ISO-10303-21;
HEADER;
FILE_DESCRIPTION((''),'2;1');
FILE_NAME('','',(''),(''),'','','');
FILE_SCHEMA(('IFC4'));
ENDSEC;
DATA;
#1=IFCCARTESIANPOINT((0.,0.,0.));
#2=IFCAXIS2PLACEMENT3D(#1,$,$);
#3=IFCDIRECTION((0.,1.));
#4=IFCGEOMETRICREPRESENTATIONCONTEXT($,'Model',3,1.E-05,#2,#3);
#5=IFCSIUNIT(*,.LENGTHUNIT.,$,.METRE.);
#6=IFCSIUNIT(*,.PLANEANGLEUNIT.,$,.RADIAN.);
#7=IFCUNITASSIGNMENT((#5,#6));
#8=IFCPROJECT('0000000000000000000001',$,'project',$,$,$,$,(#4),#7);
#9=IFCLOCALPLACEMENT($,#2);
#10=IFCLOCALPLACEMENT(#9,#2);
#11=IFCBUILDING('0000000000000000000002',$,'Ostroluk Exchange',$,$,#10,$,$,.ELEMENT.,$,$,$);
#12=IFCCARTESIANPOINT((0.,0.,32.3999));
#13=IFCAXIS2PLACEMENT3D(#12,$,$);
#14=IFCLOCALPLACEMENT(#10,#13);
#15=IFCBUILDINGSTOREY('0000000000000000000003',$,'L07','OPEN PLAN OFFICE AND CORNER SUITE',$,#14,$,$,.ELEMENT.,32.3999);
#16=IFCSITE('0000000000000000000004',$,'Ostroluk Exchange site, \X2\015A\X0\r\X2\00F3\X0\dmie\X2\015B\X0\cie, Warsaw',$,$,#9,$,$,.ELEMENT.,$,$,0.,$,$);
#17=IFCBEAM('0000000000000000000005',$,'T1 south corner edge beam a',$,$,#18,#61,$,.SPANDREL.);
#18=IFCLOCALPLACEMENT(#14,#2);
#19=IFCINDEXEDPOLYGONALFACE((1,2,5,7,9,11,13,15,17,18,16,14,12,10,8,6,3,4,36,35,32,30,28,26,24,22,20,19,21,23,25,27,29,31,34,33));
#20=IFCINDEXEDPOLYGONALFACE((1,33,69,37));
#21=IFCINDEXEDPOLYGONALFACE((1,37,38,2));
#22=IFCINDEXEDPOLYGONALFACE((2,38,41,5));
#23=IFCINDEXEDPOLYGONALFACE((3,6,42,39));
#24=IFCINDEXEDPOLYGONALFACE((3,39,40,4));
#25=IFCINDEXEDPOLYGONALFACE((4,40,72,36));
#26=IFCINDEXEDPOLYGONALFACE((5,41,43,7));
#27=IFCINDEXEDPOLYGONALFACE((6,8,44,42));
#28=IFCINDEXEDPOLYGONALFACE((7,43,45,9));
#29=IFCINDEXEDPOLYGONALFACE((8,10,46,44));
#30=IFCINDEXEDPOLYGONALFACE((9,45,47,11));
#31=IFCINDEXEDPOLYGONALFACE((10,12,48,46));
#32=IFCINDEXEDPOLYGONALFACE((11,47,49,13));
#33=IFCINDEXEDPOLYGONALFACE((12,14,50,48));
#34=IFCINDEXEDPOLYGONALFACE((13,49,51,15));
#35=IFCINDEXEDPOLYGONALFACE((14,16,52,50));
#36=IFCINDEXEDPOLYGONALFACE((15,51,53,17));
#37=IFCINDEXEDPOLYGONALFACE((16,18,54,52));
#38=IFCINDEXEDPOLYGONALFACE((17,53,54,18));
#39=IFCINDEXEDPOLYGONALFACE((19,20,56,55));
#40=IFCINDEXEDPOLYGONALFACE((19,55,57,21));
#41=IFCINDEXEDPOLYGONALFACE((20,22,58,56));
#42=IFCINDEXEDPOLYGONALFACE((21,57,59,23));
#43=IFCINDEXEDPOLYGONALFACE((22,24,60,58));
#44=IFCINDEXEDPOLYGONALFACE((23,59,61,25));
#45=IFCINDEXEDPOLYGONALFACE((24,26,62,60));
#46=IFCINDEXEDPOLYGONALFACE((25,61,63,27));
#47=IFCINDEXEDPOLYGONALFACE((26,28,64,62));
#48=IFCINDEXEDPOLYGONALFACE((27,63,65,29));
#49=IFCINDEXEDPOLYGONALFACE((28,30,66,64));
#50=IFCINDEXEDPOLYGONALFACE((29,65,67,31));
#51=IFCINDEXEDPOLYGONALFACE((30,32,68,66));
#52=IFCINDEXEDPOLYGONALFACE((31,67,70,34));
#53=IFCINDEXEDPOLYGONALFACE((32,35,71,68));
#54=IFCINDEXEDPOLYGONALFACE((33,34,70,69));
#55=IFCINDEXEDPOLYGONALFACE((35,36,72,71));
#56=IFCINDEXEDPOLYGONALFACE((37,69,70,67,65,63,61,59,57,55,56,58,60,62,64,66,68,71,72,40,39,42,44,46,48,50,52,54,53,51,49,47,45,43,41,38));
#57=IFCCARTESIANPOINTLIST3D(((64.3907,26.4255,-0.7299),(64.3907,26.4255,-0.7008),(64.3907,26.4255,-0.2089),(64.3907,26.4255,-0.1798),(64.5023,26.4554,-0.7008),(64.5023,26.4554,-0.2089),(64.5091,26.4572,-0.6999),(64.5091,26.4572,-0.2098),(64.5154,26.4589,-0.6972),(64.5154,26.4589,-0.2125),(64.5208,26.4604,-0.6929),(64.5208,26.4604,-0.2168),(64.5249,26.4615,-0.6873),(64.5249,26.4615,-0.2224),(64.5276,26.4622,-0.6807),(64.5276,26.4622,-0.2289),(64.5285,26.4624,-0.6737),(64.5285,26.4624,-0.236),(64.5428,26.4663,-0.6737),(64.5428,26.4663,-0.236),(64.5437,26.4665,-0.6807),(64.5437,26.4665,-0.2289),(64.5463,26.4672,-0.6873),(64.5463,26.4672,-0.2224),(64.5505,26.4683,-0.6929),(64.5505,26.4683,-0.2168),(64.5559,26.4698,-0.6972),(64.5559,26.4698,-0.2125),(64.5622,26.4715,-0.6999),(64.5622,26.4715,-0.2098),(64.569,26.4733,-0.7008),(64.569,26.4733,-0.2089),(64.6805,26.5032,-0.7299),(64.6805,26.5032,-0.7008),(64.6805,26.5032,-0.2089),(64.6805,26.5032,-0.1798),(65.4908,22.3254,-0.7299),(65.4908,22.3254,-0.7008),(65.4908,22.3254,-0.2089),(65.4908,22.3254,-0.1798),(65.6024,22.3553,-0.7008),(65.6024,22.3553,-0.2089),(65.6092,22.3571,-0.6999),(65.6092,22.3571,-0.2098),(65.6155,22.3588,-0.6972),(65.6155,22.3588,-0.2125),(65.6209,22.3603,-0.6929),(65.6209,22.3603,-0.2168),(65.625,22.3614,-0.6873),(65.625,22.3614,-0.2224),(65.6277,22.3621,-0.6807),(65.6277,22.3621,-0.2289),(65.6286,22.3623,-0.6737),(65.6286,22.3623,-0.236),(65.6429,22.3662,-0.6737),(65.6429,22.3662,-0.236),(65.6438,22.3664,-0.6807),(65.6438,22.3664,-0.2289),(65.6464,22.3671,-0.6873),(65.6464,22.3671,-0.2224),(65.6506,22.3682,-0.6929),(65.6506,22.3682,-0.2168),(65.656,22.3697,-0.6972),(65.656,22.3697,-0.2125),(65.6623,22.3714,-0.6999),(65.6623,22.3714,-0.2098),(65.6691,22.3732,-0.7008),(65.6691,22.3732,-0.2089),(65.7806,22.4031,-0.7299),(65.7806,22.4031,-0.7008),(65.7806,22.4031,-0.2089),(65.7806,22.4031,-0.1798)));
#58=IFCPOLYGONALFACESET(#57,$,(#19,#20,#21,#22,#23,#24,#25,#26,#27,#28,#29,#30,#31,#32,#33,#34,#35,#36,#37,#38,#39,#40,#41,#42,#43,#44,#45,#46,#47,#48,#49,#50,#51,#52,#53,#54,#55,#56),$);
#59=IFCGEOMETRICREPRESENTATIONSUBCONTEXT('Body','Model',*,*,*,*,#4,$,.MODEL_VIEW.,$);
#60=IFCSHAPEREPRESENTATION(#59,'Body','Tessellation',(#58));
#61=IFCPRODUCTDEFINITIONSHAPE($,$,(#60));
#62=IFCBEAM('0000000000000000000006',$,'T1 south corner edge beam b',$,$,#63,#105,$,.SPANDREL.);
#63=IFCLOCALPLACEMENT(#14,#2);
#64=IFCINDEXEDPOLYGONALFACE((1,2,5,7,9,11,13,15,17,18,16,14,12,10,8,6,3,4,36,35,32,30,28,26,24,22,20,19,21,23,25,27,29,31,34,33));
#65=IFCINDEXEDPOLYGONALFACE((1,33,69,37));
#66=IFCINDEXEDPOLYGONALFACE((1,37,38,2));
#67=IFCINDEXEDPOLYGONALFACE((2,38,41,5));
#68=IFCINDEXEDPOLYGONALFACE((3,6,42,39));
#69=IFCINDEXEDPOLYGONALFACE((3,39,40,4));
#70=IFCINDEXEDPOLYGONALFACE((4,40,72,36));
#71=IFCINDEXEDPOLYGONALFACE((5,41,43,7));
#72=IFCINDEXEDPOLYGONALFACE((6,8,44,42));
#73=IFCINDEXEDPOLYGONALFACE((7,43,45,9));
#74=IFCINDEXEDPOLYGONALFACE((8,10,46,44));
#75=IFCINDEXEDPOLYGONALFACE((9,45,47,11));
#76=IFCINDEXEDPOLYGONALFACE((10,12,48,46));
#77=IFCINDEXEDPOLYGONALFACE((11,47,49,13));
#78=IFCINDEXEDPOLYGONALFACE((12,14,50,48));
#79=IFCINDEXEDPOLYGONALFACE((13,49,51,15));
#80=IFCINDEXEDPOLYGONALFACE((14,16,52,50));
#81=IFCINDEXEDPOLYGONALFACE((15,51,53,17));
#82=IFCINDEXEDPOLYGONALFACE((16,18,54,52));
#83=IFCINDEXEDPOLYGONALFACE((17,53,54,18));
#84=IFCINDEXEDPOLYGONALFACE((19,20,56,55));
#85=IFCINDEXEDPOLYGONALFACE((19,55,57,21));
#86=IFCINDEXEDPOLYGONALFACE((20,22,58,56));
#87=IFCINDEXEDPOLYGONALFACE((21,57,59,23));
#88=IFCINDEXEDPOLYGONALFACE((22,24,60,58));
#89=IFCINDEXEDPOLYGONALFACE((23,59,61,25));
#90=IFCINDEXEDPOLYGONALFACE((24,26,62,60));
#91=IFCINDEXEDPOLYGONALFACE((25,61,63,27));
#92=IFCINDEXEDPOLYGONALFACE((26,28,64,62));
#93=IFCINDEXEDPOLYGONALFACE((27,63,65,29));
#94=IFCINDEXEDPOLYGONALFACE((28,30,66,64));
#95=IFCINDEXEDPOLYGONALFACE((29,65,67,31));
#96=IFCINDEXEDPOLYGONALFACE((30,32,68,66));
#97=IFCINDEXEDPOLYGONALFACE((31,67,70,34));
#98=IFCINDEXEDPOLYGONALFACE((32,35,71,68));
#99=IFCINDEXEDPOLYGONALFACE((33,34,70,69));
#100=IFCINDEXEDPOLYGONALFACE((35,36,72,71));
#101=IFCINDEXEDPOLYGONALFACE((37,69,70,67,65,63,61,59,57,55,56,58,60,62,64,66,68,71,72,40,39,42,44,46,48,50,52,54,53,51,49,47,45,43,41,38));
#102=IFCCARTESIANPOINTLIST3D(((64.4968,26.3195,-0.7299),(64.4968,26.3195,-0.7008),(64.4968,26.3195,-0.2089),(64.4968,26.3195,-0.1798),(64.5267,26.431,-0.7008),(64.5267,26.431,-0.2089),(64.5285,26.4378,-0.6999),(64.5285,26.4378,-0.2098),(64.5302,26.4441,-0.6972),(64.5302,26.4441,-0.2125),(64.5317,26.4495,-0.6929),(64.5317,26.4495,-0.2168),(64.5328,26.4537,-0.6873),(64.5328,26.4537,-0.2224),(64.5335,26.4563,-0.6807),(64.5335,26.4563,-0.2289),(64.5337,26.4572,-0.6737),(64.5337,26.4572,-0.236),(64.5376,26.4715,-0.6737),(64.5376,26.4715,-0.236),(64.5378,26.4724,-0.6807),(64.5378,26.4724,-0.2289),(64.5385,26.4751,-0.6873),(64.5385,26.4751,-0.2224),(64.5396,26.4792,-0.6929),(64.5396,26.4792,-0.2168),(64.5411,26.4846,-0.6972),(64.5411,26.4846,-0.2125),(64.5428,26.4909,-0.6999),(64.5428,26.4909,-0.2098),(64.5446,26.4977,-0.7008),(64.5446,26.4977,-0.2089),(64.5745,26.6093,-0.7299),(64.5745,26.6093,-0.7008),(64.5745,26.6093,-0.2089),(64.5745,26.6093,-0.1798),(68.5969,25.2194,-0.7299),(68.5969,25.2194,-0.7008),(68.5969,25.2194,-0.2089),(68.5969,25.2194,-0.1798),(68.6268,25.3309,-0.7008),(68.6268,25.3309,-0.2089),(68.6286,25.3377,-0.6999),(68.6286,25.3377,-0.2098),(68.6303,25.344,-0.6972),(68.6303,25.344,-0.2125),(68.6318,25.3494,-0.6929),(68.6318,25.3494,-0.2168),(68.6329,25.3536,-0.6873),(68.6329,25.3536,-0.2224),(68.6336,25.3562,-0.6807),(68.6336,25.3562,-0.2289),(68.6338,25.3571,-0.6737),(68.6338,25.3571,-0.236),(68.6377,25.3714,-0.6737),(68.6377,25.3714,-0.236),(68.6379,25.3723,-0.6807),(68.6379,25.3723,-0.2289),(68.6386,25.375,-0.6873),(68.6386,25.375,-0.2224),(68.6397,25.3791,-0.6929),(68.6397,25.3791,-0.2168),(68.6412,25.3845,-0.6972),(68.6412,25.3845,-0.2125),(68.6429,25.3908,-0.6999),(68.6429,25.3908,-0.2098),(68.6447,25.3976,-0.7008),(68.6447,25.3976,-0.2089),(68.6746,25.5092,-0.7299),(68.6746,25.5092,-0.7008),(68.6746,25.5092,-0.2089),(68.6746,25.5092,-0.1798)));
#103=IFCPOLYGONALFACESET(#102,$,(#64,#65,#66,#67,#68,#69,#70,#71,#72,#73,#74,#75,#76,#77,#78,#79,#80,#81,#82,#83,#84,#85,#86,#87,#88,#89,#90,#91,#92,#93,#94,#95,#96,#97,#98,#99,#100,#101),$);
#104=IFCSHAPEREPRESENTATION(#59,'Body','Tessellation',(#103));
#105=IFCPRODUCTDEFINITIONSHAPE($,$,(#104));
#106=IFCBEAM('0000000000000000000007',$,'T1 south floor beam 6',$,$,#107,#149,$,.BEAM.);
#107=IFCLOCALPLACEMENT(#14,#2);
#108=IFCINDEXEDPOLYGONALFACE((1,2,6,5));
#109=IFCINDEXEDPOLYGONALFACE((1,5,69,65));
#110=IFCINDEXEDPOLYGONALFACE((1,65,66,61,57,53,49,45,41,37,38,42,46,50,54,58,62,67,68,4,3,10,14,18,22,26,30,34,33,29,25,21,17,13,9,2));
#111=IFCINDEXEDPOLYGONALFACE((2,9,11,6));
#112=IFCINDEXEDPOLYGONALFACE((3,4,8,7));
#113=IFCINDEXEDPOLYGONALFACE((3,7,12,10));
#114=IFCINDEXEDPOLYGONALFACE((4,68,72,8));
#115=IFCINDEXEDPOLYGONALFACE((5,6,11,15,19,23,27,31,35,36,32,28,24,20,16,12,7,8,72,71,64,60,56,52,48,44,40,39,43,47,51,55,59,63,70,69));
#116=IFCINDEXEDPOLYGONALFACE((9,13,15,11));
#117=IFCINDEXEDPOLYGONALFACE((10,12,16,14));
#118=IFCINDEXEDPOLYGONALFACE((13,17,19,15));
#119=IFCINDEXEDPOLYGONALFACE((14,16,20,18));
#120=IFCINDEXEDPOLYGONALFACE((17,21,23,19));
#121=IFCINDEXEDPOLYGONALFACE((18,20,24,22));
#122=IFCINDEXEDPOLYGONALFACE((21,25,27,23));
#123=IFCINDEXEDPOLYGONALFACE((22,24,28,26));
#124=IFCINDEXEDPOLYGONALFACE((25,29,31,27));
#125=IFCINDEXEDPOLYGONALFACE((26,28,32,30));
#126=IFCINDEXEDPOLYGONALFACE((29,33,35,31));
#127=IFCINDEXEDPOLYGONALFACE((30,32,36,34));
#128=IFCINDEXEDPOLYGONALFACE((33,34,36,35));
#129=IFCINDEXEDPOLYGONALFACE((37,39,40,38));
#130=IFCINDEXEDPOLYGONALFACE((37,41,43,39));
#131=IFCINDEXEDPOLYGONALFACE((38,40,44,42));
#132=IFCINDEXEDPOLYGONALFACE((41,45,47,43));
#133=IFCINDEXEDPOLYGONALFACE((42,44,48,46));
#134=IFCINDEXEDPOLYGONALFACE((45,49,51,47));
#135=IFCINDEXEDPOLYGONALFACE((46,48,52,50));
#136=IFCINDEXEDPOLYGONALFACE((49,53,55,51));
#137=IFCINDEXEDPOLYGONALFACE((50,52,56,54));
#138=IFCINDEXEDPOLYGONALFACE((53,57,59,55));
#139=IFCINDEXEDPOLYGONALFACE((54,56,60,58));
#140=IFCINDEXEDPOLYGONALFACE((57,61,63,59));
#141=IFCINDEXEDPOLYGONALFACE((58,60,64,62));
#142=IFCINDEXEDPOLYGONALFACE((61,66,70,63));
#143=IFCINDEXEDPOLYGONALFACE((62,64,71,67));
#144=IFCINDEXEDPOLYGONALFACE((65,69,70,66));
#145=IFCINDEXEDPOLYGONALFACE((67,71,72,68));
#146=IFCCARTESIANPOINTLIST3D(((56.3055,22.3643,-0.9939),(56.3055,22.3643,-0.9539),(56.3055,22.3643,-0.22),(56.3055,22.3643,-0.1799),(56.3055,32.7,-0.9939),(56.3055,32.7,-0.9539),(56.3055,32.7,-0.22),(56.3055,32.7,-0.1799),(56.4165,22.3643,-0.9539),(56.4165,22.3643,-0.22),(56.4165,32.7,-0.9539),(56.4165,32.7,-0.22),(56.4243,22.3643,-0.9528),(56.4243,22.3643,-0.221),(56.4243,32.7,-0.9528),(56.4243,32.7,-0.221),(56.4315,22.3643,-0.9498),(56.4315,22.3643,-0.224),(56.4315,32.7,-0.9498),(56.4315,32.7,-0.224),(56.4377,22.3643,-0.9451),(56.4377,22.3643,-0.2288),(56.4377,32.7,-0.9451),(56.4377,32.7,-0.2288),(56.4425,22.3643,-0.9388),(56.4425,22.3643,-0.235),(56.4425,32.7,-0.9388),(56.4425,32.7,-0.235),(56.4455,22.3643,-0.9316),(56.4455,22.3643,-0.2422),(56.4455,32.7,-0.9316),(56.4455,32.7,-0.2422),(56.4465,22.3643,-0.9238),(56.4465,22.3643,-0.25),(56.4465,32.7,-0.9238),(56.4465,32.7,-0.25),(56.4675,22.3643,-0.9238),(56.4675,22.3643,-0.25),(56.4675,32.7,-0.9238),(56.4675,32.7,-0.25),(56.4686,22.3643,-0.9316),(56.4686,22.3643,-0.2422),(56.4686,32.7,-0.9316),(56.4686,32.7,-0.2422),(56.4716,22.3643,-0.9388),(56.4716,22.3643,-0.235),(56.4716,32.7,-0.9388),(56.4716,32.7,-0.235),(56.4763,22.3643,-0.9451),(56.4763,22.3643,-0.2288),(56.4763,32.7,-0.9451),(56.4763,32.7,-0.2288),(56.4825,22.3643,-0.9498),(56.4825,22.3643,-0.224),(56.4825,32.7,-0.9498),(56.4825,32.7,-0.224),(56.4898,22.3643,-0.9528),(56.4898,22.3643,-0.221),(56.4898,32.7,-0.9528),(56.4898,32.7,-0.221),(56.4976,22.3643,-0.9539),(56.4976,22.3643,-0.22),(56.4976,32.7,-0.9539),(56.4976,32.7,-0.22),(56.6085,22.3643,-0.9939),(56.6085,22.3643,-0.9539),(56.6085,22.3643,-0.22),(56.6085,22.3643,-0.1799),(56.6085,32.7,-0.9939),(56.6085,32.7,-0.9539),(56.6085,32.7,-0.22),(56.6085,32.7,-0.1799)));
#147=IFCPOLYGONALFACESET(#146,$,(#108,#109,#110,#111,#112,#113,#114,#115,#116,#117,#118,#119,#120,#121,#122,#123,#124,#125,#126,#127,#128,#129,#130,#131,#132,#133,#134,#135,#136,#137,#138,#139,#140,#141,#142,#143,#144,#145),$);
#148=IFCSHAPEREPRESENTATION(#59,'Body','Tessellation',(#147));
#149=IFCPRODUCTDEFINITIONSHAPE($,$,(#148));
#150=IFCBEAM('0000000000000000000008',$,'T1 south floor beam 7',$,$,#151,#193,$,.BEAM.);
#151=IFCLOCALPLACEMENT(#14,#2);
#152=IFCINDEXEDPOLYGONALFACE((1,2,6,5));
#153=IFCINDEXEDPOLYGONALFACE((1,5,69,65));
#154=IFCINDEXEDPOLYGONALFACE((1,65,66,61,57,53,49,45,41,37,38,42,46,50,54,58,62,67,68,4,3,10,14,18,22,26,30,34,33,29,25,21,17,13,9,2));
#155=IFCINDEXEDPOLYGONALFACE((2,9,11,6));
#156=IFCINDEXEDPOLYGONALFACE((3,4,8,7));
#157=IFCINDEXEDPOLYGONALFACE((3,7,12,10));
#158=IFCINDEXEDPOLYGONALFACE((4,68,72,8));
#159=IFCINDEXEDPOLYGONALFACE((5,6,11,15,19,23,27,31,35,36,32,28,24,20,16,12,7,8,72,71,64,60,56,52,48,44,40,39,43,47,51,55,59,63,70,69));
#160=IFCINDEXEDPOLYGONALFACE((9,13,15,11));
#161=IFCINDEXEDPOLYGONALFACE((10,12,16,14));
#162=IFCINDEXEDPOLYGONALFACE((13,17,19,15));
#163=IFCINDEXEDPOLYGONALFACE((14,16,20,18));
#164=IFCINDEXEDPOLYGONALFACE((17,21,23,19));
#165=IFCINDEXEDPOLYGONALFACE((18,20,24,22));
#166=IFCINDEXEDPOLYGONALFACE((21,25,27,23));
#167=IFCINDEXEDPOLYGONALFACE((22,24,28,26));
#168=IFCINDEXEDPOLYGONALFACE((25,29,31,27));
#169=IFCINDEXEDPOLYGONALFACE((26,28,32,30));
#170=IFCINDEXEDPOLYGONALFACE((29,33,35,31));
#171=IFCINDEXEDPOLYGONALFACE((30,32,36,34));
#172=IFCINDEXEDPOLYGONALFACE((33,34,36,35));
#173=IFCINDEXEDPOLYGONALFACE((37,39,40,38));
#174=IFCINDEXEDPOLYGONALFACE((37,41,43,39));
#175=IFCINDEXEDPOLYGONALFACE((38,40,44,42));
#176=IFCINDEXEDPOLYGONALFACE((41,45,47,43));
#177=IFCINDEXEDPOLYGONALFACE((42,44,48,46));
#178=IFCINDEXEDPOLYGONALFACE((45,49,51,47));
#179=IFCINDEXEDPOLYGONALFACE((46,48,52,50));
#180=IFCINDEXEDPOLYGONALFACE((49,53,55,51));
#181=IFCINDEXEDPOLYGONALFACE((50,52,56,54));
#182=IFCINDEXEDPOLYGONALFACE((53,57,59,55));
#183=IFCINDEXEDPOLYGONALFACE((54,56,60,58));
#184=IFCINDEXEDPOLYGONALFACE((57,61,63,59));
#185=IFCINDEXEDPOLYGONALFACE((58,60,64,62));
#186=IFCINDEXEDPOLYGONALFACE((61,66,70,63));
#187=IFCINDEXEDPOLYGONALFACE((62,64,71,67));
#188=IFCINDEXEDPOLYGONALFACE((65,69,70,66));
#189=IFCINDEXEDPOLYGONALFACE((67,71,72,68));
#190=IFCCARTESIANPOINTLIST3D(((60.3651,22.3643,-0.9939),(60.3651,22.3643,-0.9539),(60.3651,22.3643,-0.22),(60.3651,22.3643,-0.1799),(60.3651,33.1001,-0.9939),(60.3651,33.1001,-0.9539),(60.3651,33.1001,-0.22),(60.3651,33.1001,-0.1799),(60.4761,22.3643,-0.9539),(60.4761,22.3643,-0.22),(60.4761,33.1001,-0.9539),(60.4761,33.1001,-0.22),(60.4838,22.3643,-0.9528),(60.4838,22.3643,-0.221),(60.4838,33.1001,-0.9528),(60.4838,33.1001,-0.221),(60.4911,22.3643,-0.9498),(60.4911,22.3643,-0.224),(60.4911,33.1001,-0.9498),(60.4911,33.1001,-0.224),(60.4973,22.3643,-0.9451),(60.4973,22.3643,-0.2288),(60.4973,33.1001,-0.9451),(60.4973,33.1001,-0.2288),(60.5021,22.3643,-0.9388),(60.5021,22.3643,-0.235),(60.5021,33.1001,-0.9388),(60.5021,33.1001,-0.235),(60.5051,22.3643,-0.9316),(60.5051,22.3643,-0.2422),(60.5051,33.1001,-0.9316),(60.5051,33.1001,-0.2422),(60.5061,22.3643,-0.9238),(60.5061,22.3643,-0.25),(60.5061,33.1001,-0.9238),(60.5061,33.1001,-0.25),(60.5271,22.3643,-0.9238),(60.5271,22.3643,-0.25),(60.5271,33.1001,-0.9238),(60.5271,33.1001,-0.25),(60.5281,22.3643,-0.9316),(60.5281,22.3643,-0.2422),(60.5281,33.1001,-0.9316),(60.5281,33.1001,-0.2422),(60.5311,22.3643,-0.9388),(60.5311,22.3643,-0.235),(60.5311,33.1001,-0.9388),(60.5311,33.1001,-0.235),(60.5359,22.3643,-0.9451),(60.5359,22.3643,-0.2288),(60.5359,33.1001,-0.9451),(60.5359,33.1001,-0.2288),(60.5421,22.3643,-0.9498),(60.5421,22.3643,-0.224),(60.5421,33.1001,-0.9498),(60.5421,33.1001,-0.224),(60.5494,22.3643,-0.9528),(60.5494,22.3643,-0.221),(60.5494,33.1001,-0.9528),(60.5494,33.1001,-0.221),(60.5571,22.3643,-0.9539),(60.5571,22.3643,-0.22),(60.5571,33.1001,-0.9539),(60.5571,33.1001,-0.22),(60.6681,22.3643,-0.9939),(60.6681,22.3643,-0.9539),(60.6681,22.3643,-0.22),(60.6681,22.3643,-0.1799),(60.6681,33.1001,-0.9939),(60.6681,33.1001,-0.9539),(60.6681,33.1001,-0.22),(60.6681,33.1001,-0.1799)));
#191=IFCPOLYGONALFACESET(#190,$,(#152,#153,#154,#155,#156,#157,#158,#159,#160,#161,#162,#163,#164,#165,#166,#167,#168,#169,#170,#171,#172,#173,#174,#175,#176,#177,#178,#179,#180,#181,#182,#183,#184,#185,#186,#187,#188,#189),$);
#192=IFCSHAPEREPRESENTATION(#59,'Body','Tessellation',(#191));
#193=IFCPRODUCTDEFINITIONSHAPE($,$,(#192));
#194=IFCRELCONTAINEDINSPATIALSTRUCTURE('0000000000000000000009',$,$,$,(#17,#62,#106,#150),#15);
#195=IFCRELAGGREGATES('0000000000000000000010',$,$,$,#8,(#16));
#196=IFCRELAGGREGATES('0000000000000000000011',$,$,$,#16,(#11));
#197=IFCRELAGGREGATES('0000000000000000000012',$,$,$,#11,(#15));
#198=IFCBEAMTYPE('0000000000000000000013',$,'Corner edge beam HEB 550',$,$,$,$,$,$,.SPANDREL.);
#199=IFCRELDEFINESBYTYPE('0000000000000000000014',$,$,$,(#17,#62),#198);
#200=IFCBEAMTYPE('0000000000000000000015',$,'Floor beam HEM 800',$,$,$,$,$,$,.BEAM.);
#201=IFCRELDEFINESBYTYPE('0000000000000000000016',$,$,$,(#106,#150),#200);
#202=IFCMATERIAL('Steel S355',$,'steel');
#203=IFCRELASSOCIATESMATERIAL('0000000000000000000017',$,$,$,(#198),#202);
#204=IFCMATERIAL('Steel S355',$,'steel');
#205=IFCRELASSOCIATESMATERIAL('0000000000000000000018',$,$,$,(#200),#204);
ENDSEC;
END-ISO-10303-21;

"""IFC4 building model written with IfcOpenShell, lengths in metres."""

from ifc_helpers import new_model, si_unit, direction, frame, origin, origin_2d, place, context, subcontext, project, spatial, i_section, extrude, material, material_profile, profile_set, type_object, element, save


model = new_model("IFC4")

# Units and contexts
model_context = context("Model", 3, precision=1e-05, world=origin(), true_north=direction((0.0, 1.0)))
body_context = subcontext(model_context, "Body", "Model", "MODEL_VIEW")
ifc_project = project(units=[si_unit("LENGTHUNIT", "METRE"), si_unit("PLANEANGLEUNIT", "RADIAN")], contexts=[model_context])

# Site, building, storey
site_placement = place(None, origin())
site = spatial("IfcSite", under=ifc_project, at=site_placement, Name="Ostroluk Exchange site, Śródmieście, Warsaw", CompositionType="ELEMENT", RefElevation=0.0)
building_placement = place(site_placement, origin())
building = spatial("IfcBuilding", under=site, at=building_placement, Name="Ostroluk Exchange", CompositionType="ELEMENT")
storey_placement = place(building_placement, frame((0.0, 0.0, 32.3999)))
storey = spatial("IfcBuildingStorey", under=building, at=storey_placement, Name="L07", Description="OPEN PLAN OFFICE AND CORNER SUITE", CompositionType="ELEMENT", Elevation=32.3999)

# Beams
ifc_material_1 = material(Name="Steel S355", Category="steel")
ifc_material_profile_1 = material_profile(ifc_material_1, i_section(OverallWidth=0.3, OverallDepth=0.55, WebThickness=0.0149, FlangeThickness=0.0291, FilletRadius=0.0271, at=origin_2d()), Name="HEB 550")
ifc_profile_set_1 = profile_set([ifc_material_profile_1], Name="Steel S355")
beam_type_1 = type_object("IfcBeamType", Name="Corner edge beam HEB 550", PredefinedType="SPANDREL", material=ifc_profile_set_1)
for number, where, z_axis, x_axis, name in (
    (1, (64.5356, 26.4644, -0.4548), (0.259144, -0.965839, 0.0), (0.965839, 0.259144, 0.0), "T1 south corner edge beam a"),
    (2, (64.5356, 26.4644, -0.4548), (0.965839, -0.259144, 0.0), (0.259144, 0.965839, 0.0), "T1 south corner edge beam b"),
):
    element("IfcBeam", number, at=place(storey_placement, frame(where, z_axis=z_axis, x_axis=x_axis)), inside=storey, type_object=beam_type_1, Name=name, PredefinedType="SPANDREL", context=body_context, shape_type="SweptSolid", body=[
        extrude(i_section(OverallWidth=0.3, OverallDepth=0.55, WebThickness=0.0149, FlangeThickness=0.0291, FilletRadius=0.0271, at=origin_2d()), origin(), (0.0, 0.0, 1.0), 4.2451),
    ])
ifc_material_2 = material(Name="Steel S355", Category="steel")
ifc_material_profile_2 = material_profile(ifc_material_2, i_section(OverallWidth=0.303, OverallDepth=0.814, WebThickness=0.021, FlangeThickness=0.04, FilletRadius=0.03, at=origin_2d()), Name="HEM 800")
ifc_profile_set_2 = profile_set([ifc_material_profile_2], Name="Steel S355")
beam_type_2 = type_object("IfcBeamType", Name="Floor beam HEM 800", PredefinedType="BEAM", material=ifc_profile_set_2)
beam_1_placement = place(storey_placement, frame((56.457, 32.7, -0.5869), z_axis=(0.0, -1.0, 0.0), x_axis=(1.0, 0.0, 0.0)))
element("IfcBeam", 3, at=beam_1_placement, inside=storey, type_object=beam_type_2, Name="T1 south floor beam 6", PredefinedType="BEAM", context=body_context, shape_type="SweptSolid", body=[
    extrude(i_section(OverallWidth=0.303, OverallDepth=0.814, WebThickness=0.021, FlangeThickness=0.04, FilletRadius=0.03, at=origin_2d()), origin(), (0.0, 0.0, 1.0), 10.3357),
])
beam_2_placement = place(storey_placement, frame((60.5166, 33.1001, -0.5869), z_axis=(0.0, -1.0, 0.0), x_axis=(1.0, 0.0, 0.0)))
element("IfcBeam", 4, at=beam_2_placement, inside=storey, type_object=beam_type_2, Name="T1 south floor beam 7", PredefinedType="BEAM", context=body_context, shape_type="SweptSolid", body=[
    extrude(i_section(OverallWidth=0.303, OverallDepth=0.814, WebThickness=0.021, FlangeThickness=0.04, FilletRadius=0.03, at=origin_2d()), origin(), (0.0, 0.0, 1.0), 10.7358),
])

save(model, "model.ifc")
